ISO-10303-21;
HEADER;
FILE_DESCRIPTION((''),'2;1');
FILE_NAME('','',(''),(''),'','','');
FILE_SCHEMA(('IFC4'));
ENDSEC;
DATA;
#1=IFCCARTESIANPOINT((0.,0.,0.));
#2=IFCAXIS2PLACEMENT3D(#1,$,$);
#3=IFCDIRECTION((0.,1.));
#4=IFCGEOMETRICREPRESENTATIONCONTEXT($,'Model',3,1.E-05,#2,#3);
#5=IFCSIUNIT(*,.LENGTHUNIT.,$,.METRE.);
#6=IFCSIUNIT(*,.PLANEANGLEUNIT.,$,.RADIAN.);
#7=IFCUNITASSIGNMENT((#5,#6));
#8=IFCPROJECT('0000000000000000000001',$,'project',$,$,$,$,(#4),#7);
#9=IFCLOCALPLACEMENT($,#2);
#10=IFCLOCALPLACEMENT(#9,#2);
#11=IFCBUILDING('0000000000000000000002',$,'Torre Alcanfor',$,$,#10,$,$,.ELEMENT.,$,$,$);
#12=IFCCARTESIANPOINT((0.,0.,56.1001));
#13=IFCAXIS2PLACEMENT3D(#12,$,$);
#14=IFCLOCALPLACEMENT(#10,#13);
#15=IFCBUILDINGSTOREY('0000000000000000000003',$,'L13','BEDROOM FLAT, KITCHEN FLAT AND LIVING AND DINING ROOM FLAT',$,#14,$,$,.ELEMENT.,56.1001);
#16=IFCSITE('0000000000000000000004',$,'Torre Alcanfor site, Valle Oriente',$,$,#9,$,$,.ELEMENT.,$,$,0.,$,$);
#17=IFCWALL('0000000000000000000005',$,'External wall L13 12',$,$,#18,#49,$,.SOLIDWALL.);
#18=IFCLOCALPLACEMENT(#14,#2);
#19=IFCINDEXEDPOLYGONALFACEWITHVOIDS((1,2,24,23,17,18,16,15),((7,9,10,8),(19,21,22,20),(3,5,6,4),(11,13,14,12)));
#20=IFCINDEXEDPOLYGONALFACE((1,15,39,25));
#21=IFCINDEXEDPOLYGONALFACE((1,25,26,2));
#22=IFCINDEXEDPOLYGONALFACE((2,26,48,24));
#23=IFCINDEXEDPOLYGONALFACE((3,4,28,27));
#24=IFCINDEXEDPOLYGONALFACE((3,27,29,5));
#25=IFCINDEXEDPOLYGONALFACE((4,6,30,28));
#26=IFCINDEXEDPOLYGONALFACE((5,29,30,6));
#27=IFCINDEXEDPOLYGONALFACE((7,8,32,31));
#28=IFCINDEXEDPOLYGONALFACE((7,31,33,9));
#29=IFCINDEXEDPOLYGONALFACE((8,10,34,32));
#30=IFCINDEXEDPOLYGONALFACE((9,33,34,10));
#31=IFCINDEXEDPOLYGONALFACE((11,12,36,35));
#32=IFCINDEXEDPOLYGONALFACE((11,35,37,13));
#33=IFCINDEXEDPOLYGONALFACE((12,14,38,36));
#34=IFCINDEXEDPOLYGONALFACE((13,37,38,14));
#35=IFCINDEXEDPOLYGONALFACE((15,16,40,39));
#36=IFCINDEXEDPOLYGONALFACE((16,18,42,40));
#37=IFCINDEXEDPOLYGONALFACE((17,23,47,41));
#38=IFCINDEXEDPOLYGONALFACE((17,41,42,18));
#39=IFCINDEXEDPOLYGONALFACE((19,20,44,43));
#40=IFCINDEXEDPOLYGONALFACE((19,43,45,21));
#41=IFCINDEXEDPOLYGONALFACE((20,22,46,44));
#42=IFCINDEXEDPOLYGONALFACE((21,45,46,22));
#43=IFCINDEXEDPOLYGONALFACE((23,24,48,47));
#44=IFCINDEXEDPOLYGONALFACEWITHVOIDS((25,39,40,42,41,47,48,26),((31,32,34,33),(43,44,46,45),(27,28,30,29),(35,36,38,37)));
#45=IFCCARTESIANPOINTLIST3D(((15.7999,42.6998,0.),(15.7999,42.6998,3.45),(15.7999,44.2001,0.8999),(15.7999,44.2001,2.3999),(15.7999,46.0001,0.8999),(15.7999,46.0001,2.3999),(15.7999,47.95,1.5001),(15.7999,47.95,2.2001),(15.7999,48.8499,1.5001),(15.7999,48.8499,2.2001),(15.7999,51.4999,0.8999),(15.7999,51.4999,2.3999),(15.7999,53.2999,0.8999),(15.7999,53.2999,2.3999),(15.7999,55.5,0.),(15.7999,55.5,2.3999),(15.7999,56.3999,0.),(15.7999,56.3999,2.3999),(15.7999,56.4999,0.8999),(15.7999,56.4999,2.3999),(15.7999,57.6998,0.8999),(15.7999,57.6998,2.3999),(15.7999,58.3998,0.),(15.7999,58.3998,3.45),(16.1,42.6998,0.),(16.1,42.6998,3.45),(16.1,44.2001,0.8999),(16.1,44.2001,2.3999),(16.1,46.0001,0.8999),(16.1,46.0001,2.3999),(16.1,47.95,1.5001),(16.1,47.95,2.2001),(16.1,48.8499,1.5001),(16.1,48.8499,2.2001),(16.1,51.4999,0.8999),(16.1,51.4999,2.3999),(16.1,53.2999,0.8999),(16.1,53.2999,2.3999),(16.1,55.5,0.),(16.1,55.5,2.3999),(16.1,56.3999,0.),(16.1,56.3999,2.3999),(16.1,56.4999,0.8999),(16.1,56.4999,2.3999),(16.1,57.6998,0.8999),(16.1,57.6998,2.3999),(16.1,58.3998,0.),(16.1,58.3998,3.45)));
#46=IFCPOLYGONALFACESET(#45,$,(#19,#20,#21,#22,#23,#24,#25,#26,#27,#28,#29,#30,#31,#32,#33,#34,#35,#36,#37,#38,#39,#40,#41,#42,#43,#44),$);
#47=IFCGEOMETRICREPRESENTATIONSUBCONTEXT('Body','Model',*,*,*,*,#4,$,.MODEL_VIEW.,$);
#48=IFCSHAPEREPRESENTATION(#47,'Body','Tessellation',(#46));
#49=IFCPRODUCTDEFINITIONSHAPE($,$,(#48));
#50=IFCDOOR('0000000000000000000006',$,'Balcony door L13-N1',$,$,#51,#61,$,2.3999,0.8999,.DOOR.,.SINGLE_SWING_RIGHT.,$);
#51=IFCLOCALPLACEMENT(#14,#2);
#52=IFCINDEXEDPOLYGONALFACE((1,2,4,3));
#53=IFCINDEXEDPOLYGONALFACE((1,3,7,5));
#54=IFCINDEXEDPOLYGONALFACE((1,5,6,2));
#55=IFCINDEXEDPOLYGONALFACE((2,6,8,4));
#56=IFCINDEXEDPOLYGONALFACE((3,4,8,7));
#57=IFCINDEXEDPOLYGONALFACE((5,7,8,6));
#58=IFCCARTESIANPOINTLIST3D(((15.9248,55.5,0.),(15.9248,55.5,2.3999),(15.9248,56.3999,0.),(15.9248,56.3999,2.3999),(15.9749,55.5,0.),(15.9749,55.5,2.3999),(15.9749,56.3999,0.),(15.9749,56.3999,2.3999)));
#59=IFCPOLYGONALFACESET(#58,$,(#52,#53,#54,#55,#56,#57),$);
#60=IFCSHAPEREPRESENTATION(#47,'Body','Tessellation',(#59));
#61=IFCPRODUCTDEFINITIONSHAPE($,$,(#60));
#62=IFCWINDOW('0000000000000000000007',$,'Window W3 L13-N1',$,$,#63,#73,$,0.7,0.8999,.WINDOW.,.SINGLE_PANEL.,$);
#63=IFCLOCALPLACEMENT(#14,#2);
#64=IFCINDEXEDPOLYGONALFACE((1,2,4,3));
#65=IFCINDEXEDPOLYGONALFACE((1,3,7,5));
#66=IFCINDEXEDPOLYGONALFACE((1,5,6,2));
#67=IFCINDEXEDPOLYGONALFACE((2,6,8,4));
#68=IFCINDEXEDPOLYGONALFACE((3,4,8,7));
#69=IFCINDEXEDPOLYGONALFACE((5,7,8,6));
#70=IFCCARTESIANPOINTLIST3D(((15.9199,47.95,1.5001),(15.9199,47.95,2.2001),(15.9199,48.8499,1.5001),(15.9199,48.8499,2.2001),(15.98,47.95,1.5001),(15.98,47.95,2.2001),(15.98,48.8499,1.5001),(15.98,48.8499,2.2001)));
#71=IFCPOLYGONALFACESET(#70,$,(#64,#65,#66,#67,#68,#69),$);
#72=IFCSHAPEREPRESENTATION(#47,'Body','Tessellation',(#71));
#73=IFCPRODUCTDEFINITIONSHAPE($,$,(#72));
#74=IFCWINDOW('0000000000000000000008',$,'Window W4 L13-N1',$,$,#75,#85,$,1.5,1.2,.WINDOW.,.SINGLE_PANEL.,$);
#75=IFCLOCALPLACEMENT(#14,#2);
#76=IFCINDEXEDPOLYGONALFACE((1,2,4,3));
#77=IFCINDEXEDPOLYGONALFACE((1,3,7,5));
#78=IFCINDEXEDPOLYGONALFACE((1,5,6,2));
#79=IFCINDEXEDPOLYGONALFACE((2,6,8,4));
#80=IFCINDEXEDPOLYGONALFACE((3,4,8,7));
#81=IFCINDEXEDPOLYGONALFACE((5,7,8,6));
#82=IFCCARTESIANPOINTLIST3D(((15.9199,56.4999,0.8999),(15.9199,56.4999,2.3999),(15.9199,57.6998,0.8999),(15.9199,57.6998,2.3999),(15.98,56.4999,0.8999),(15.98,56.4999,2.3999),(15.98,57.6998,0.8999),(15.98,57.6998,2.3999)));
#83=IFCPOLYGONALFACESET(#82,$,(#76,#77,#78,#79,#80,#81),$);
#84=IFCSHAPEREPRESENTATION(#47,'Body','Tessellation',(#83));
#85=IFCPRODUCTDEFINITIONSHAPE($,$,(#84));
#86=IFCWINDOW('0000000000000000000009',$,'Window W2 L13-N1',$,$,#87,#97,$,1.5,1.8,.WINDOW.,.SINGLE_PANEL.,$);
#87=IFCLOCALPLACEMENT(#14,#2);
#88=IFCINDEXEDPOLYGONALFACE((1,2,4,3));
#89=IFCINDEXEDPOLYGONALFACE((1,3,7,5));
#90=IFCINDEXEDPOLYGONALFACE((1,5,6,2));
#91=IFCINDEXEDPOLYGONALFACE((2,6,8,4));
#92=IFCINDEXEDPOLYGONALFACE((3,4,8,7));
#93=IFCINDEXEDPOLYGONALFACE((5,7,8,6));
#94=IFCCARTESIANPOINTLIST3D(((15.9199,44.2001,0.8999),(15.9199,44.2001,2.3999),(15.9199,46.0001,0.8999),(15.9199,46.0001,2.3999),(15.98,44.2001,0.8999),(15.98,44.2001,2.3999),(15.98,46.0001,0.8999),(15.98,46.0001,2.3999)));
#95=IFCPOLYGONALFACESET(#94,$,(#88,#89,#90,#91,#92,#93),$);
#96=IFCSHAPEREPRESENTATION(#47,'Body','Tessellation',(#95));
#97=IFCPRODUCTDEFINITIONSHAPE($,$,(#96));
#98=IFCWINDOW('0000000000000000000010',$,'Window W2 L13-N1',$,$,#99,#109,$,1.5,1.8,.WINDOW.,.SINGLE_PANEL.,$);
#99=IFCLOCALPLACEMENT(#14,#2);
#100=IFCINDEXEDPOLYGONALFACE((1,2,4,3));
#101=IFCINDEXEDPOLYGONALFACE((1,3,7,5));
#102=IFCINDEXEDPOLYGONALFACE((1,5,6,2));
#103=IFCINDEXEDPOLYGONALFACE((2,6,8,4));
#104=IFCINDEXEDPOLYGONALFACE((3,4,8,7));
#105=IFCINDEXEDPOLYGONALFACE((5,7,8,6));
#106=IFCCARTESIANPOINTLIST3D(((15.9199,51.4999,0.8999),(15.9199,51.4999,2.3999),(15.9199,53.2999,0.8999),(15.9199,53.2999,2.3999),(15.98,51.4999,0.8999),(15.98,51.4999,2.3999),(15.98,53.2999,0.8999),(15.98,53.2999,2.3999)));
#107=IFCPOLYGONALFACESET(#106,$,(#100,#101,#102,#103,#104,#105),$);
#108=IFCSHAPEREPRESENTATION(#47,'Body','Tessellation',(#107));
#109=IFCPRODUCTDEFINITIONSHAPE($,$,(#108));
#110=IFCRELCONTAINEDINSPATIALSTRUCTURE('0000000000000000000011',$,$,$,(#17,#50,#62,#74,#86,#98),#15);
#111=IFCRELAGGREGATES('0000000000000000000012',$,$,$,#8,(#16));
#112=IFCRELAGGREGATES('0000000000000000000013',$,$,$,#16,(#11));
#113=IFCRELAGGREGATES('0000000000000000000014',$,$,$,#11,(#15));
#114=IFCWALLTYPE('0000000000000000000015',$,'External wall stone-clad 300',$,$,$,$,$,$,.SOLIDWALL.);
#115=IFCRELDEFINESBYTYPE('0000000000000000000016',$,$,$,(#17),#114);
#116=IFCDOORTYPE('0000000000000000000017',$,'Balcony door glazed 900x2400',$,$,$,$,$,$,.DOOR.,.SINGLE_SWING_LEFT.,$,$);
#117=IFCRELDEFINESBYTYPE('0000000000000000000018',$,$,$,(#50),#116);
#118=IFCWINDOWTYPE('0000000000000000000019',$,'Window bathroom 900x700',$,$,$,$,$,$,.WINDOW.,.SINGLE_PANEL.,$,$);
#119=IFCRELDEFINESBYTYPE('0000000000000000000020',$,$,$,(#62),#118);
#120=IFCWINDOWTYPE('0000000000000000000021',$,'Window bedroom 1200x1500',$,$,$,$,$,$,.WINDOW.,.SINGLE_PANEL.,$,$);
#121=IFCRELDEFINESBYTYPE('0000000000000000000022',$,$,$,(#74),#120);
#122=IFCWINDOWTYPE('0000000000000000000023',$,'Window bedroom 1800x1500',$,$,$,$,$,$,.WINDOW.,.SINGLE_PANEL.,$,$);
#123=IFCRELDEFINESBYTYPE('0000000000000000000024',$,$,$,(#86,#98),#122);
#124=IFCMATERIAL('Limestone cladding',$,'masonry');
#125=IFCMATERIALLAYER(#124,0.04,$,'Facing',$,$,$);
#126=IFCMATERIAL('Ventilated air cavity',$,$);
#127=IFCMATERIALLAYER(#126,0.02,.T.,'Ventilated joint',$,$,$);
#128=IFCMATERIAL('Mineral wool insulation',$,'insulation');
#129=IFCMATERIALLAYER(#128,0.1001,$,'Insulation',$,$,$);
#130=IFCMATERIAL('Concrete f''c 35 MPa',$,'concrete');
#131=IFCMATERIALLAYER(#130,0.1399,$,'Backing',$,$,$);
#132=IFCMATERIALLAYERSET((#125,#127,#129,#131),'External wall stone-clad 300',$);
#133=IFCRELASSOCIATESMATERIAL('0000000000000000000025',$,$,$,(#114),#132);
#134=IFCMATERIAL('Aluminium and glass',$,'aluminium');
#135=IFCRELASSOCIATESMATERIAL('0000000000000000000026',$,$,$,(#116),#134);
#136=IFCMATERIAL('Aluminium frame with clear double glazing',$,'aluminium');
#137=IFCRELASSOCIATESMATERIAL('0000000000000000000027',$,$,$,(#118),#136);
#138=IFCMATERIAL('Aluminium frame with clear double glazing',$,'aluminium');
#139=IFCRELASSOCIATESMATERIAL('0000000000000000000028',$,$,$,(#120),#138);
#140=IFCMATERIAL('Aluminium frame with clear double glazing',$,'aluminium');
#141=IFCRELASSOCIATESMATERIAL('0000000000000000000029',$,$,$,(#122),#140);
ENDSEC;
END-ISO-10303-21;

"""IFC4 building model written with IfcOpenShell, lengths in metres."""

from ifc_helpers import new_model, si_unit, direction, frame, frame_2d, origin, place, context, subcontext, project, spatial, rectangle, extrude, material, layer, layer_set, type_object, element, fill, save


model = new_model("IFC4")

# Units and contexts
model_context = context("Model", 3, precision=1e-05, world=origin(), true_north=direction((0.0, 1.0)))
body_context = subcontext(model_context, "Body", "Model", "MODEL_VIEW")
ifc_project = project(units=[si_unit("LENGTHUNIT", "METRE"), si_unit("PLANEANGLEUNIT", "RADIAN")], contexts=[model_context])

# Site, building, storey
site_placement = place(None, origin())
site = spatial("IfcSite", under=ifc_project, at=site_placement, Name="Torre Alcanfor site, Valle Oriente", CompositionType="ELEMENT", RefElevation=0.0)
building_placement = place(site_placement, origin())
building = spatial("IfcBuilding", under=site, at=building_placement, Name="Torre Alcanfor", CompositionType="ELEMENT")
storey_placement = place(building_placement, frame((0.0, 0.0, 56.1001)))
storey = spatial("IfcBuildingStorey", under=building, at=storey_placement, Name="L13", Description="BEDROOM FLAT, KITCHEN FLAT AND LIVING AND DINING ROOM FLAT", CompositionType="ELEMENT", Elevation=56.1001)

# Wall, openings, door, windows
ifc_material_1 = material(Name="Limestone cladding", Category="masonry")
ifc_layer_1 = layer(ifc_material_1, 0.04, Name="Facing")
ifc_material_2 = material(Name="Ventilated air cavity")
ifc_layer_2 = layer(ifc_material_2, 0.02, ventilated=True, Name="Ventilated joint")
ifc_material_3 = material(Name="Mineral wool insulation", Category="insulation")
ifc_layer_3 = layer(ifc_material_3, 0.1001, Name="Insulation")
ifc_material_4 = material(Name="Concrete f'c 35 MPa", Category="concrete")
ifc_layer_4 = layer(ifc_material_4, 0.1399, Name="Backing")
ifc_layer_set_1 = layer_set([ifc_layer_1, ifc_layer_2, ifc_layer_3, ifc_layer_4], Name="External wall stone-clad 300")
wall_type_1 = type_object("IfcWallType", Name="External wall stone-clad 300", PredefinedType="SOLIDWALL", material=ifc_layer_set_1)
ifc_material_5 = material(Name="Aluminium and glass", Category="aluminium")
door_type = type_object("IfcDoorType", Name="Balcony door glazed 900x2400", OperationType="SINGLE_SWING_LEFT", PredefinedType="DOOR", material=ifc_material_5)
ifc_material_6 = material(Name="Aluminium frame with clear double glazing", Category="aluminium")
window_type_1 = type_object("IfcWindowType", Name="Window bathroom 900x700", PartitioningType="SINGLE_PANEL", PredefinedType="WINDOW", material=ifc_material_6)
ifc_material_7 = material(Name="Aluminium frame with clear double glazing", Category="aluminium")
window_type_2 = type_object("IfcWindowType", Name="Window bedroom 1200x1500", PartitioningType="SINGLE_PANEL", PredefinedType="WINDOW", material=ifc_material_7)
ifc_material_8 = material(Name="Aluminium frame with clear double glazing", Category="aluminium")
window_type_3 = type_object("IfcWindowType", Name="Window bedroom 1800x1500", PartitioningType="SINGLE_PANEL", PredefinedType="WINDOW", material=ifc_material_8)
wall_1_placement = place(storey_placement, frame((15.95, 58.3999, 0.0), z_axis=(0.0, 0.0, 1.0), x_axis=(0.0, -1.0, 0.0)))
wall_1 = element("IfcWall", 1, at=wall_1_placement, inside=storey, type_object=wall_type_1, Name="External wall L13 12", PredefinedType="SOLIDWALL", context=body_context, shape_type="SweptSolid", body=[
    extrude(rectangle(XDim=15.7, YDim=0.3, at=frame_2d((7.8501, 0.0))), origin(), (0.0, 0.0, 1.0), 3.45),
])
opening_1_placement = place(wall_1_placement, frame((12.3999, 0.0, 0.8999)))
opening_1 = element("IfcOpeningElement", 2, at=opening_1_placement, cuts=wall_1, PredefinedType="OPENING", context=body_context, shape_type="SweptSolid", body=[
    extrude(rectangle(XDim=1.8, YDim=1.5, at=frame_2d((0.8999, 0.75))), frame((0.0, 0.1599, 0.0), z_axis=(0.0, -1.0, 0.0), x_axis=(1.0, 0.0, 0.0)), (0.0, 0.0, 1.0), 0.3201),
])
opening_2_placement = place(wall_1_placement, frame((9.55, 0.0, 1.5)))
opening_2 = element("IfcOpeningElement", 3, at=opening_2_placement, cuts=wall_1, PredefinedType="OPENING", context=body_context, shape_type="SweptSolid", body=[
    extrude(rectangle(XDim=0.8999, YDim=0.7, at=frame_2d((0.45, 0.3501))), frame((0.0, 0.1599, 0.0), z_axis=(0.0, -1.0, 0.0), x_axis=(1.0, 0.0, 0.0)), (0.0, 0.0, 1.0), 0.3201),
])
opening_3_placement = place(wall_1_placement, frame((5.1001, 0.0, 0.8999)))
opening_3 = element("IfcOpeningElement", 4, at=opening_3_placement, cuts=wall_1, PredefinedType="OPENING", context=body_context, shape_type="SweptSolid", body=[
    extrude(rectangle(XDim=1.8, YDim=1.5, at=frame_2d((0.8999, 0.75))), frame((0.0, 0.1599, 0.0), z_axis=(0.0, -1.0, 0.0), x_axis=(1.0, 0.0, 0.0)), (0.0, 0.0, 1.0), 0.3201),
])
opening_4_placement = place(wall_1_placement, frame((2.0, 0.0, 0.0)))
opening_4 = element("IfcOpeningElement", 5, at=opening_4_placement, cuts=wall_1, PredefinedType="OPENING", context=body_context, shape_type="SweptSolid", body=[
    extrude(rectangle(XDim=0.8999, YDim=2.3999, at=frame_2d((0.45, 1.2))), frame((0.0, 0.1599, 0.0), z_axis=(0.0, -1.0, 0.0), x_axis=(1.0, 0.0, 0.0)), (0.0, 0.0, 1.0), 0.3201),
])
opening_5_placement = place(wall_1_placement, frame((0.7, 0.0, 0.8999)))
opening_5 = element("IfcOpeningElement", 6, at=opening_5_placement, cuts=wall_1, PredefinedType="OPENING", context=body_context, shape_type="SweptSolid", body=[
    extrude(rectangle(XDim=1.2, YDim=1.5, at=frame_2d((0.6001, 0.75))), frame((0.0, 0.1599, 0.0), z_axis=(0.0, -1.0, 0.0), x_axis=(1.0, 0.0, 0.0)), (0.0, 0.0, 1.0), 0.3201),
])
door_1_placement = place(opening_4_placement, origin())
door_1 = element("IfcDoor", 7, at=door_1_placement, inside=storey, type_object=door_type, Name="Balcony door L13-N1", OperationType="SINGLE_SWING_RIGHT", OverallHeight=2.3999, OverallWidth=0.8999, PredefinedType="DOOR", context=body_context, shape_type="SweptSolid", body=[
    extrude(rectangle(XDim=0.8999, YDim=2.3999, at=frame_2d((0.45, 1.2))), frame((0.0, 0.0249, 0.0), z_axis=(0.0, -1.0, 0.0), x_axis=(1.0, 0.0, 0.0)), (0.0, 0.0, 1.0), 0.05),
])
fill(opening_4, door_1)
window_1_placement = place(opening_2_placement, origin())
window_1 = element("IfcWindow", 8, at=window_1_placement, inside=storey, type_object=window_type_1, Name="Window W3 L13-N1", OverallHeight=0.7, OverallWidth=0.8999, PartitioningType="SINGLE_PANEL", PredefinedType="WINDOW", context=body_context, shape_type="SweptSolid", body=[
    extrude(rectangle(XDim=0.8999, YDim=0.7, at=frame_2d((0.45, 0.3501))), frame((0.0, 0.03, 0.0), z_axis=(0.0, -1.0, 0.0), x_axis=(1.0, 0.0, 0.0)), (0.0, 0.0, 1.0), 0.0601),
])
fill(opening_2, window_1)
window_2_placement = place(opening_5_placement, origin())
window_2 = element("IfcWindow", 9, at=window_2_placement, inside=storey, type_object=window_type_2, Name="Window W4 L13-N1", OverallHeight=1.5, OverallWidth=1.2, PartitioningType="SINGLE_PANEL", PredefinedType="WINDOW", context=body_context, shape_type="SweptSolid", body=[
    extrude(rectangle(XDim=1.2, YDim=1.5, at=frame_2d((0.6001, 0.75))), frame((0.0, 0.03, 0.0), z_axis=(0.0, -1.0, 0.0), x_axis=(1.0, 0.0, 0.0)), (0.0, 0.0, 1.0), 0.0601),
])
fill(opening_5, window_2)
window_3_placement = place(opening_1_placement, origin())
window_3 = element("IfcWindow", 10, at=window_3_placement, inside=storey, type_object=window_type_3, Name="Window W2 L13-N1", OverallHeight=1.5, OverallWidth=1.8, PartitioningType="SINGLE_PANEL", PredefinedType="WINDOW", context=body_context, shape_type="SweptSolid", body=[
    extrude(rectangle(XDim=1.8, YDim=1.5, at=frame_2d((0.8999, 0.75))), frame((0.0, 0.03, 0.0), z_axis=(0.0, -1.0, 0.0), x_axis=(1.0, 0.0, 0.0)), (0.0, 0.0, 1.0), 0.0601),
])
fill(opening_1, window_3)
window_4_placement = place(opening_3_placement, origin())
window_4 = element("IfcWindow", 11, at=window_4_placement, inside=storey, type_object=window_type_3, Name="Window W2 L13-N1", OverallHeight=1.5, OverallWidth=1.8, PartitioningType="SINGLE_PANEL", PredefinedType="WINDOW", context=body_context, shape_type="SweptSolid", body=[
    extrude(rectangle(XDim=1.8, YDim=1.5, at=frame_2d((0.8999, 0.75))), frame((0.0, 0.03, 0.0), z_axis=(0.0, -1.0, 0.0), x_axis=(1.0, 0.0, 0.0)), (0.0, 0.0, 1.0), 0.0601),
])
fill(opening_3, window_4)

save(model, "model.ifc")
